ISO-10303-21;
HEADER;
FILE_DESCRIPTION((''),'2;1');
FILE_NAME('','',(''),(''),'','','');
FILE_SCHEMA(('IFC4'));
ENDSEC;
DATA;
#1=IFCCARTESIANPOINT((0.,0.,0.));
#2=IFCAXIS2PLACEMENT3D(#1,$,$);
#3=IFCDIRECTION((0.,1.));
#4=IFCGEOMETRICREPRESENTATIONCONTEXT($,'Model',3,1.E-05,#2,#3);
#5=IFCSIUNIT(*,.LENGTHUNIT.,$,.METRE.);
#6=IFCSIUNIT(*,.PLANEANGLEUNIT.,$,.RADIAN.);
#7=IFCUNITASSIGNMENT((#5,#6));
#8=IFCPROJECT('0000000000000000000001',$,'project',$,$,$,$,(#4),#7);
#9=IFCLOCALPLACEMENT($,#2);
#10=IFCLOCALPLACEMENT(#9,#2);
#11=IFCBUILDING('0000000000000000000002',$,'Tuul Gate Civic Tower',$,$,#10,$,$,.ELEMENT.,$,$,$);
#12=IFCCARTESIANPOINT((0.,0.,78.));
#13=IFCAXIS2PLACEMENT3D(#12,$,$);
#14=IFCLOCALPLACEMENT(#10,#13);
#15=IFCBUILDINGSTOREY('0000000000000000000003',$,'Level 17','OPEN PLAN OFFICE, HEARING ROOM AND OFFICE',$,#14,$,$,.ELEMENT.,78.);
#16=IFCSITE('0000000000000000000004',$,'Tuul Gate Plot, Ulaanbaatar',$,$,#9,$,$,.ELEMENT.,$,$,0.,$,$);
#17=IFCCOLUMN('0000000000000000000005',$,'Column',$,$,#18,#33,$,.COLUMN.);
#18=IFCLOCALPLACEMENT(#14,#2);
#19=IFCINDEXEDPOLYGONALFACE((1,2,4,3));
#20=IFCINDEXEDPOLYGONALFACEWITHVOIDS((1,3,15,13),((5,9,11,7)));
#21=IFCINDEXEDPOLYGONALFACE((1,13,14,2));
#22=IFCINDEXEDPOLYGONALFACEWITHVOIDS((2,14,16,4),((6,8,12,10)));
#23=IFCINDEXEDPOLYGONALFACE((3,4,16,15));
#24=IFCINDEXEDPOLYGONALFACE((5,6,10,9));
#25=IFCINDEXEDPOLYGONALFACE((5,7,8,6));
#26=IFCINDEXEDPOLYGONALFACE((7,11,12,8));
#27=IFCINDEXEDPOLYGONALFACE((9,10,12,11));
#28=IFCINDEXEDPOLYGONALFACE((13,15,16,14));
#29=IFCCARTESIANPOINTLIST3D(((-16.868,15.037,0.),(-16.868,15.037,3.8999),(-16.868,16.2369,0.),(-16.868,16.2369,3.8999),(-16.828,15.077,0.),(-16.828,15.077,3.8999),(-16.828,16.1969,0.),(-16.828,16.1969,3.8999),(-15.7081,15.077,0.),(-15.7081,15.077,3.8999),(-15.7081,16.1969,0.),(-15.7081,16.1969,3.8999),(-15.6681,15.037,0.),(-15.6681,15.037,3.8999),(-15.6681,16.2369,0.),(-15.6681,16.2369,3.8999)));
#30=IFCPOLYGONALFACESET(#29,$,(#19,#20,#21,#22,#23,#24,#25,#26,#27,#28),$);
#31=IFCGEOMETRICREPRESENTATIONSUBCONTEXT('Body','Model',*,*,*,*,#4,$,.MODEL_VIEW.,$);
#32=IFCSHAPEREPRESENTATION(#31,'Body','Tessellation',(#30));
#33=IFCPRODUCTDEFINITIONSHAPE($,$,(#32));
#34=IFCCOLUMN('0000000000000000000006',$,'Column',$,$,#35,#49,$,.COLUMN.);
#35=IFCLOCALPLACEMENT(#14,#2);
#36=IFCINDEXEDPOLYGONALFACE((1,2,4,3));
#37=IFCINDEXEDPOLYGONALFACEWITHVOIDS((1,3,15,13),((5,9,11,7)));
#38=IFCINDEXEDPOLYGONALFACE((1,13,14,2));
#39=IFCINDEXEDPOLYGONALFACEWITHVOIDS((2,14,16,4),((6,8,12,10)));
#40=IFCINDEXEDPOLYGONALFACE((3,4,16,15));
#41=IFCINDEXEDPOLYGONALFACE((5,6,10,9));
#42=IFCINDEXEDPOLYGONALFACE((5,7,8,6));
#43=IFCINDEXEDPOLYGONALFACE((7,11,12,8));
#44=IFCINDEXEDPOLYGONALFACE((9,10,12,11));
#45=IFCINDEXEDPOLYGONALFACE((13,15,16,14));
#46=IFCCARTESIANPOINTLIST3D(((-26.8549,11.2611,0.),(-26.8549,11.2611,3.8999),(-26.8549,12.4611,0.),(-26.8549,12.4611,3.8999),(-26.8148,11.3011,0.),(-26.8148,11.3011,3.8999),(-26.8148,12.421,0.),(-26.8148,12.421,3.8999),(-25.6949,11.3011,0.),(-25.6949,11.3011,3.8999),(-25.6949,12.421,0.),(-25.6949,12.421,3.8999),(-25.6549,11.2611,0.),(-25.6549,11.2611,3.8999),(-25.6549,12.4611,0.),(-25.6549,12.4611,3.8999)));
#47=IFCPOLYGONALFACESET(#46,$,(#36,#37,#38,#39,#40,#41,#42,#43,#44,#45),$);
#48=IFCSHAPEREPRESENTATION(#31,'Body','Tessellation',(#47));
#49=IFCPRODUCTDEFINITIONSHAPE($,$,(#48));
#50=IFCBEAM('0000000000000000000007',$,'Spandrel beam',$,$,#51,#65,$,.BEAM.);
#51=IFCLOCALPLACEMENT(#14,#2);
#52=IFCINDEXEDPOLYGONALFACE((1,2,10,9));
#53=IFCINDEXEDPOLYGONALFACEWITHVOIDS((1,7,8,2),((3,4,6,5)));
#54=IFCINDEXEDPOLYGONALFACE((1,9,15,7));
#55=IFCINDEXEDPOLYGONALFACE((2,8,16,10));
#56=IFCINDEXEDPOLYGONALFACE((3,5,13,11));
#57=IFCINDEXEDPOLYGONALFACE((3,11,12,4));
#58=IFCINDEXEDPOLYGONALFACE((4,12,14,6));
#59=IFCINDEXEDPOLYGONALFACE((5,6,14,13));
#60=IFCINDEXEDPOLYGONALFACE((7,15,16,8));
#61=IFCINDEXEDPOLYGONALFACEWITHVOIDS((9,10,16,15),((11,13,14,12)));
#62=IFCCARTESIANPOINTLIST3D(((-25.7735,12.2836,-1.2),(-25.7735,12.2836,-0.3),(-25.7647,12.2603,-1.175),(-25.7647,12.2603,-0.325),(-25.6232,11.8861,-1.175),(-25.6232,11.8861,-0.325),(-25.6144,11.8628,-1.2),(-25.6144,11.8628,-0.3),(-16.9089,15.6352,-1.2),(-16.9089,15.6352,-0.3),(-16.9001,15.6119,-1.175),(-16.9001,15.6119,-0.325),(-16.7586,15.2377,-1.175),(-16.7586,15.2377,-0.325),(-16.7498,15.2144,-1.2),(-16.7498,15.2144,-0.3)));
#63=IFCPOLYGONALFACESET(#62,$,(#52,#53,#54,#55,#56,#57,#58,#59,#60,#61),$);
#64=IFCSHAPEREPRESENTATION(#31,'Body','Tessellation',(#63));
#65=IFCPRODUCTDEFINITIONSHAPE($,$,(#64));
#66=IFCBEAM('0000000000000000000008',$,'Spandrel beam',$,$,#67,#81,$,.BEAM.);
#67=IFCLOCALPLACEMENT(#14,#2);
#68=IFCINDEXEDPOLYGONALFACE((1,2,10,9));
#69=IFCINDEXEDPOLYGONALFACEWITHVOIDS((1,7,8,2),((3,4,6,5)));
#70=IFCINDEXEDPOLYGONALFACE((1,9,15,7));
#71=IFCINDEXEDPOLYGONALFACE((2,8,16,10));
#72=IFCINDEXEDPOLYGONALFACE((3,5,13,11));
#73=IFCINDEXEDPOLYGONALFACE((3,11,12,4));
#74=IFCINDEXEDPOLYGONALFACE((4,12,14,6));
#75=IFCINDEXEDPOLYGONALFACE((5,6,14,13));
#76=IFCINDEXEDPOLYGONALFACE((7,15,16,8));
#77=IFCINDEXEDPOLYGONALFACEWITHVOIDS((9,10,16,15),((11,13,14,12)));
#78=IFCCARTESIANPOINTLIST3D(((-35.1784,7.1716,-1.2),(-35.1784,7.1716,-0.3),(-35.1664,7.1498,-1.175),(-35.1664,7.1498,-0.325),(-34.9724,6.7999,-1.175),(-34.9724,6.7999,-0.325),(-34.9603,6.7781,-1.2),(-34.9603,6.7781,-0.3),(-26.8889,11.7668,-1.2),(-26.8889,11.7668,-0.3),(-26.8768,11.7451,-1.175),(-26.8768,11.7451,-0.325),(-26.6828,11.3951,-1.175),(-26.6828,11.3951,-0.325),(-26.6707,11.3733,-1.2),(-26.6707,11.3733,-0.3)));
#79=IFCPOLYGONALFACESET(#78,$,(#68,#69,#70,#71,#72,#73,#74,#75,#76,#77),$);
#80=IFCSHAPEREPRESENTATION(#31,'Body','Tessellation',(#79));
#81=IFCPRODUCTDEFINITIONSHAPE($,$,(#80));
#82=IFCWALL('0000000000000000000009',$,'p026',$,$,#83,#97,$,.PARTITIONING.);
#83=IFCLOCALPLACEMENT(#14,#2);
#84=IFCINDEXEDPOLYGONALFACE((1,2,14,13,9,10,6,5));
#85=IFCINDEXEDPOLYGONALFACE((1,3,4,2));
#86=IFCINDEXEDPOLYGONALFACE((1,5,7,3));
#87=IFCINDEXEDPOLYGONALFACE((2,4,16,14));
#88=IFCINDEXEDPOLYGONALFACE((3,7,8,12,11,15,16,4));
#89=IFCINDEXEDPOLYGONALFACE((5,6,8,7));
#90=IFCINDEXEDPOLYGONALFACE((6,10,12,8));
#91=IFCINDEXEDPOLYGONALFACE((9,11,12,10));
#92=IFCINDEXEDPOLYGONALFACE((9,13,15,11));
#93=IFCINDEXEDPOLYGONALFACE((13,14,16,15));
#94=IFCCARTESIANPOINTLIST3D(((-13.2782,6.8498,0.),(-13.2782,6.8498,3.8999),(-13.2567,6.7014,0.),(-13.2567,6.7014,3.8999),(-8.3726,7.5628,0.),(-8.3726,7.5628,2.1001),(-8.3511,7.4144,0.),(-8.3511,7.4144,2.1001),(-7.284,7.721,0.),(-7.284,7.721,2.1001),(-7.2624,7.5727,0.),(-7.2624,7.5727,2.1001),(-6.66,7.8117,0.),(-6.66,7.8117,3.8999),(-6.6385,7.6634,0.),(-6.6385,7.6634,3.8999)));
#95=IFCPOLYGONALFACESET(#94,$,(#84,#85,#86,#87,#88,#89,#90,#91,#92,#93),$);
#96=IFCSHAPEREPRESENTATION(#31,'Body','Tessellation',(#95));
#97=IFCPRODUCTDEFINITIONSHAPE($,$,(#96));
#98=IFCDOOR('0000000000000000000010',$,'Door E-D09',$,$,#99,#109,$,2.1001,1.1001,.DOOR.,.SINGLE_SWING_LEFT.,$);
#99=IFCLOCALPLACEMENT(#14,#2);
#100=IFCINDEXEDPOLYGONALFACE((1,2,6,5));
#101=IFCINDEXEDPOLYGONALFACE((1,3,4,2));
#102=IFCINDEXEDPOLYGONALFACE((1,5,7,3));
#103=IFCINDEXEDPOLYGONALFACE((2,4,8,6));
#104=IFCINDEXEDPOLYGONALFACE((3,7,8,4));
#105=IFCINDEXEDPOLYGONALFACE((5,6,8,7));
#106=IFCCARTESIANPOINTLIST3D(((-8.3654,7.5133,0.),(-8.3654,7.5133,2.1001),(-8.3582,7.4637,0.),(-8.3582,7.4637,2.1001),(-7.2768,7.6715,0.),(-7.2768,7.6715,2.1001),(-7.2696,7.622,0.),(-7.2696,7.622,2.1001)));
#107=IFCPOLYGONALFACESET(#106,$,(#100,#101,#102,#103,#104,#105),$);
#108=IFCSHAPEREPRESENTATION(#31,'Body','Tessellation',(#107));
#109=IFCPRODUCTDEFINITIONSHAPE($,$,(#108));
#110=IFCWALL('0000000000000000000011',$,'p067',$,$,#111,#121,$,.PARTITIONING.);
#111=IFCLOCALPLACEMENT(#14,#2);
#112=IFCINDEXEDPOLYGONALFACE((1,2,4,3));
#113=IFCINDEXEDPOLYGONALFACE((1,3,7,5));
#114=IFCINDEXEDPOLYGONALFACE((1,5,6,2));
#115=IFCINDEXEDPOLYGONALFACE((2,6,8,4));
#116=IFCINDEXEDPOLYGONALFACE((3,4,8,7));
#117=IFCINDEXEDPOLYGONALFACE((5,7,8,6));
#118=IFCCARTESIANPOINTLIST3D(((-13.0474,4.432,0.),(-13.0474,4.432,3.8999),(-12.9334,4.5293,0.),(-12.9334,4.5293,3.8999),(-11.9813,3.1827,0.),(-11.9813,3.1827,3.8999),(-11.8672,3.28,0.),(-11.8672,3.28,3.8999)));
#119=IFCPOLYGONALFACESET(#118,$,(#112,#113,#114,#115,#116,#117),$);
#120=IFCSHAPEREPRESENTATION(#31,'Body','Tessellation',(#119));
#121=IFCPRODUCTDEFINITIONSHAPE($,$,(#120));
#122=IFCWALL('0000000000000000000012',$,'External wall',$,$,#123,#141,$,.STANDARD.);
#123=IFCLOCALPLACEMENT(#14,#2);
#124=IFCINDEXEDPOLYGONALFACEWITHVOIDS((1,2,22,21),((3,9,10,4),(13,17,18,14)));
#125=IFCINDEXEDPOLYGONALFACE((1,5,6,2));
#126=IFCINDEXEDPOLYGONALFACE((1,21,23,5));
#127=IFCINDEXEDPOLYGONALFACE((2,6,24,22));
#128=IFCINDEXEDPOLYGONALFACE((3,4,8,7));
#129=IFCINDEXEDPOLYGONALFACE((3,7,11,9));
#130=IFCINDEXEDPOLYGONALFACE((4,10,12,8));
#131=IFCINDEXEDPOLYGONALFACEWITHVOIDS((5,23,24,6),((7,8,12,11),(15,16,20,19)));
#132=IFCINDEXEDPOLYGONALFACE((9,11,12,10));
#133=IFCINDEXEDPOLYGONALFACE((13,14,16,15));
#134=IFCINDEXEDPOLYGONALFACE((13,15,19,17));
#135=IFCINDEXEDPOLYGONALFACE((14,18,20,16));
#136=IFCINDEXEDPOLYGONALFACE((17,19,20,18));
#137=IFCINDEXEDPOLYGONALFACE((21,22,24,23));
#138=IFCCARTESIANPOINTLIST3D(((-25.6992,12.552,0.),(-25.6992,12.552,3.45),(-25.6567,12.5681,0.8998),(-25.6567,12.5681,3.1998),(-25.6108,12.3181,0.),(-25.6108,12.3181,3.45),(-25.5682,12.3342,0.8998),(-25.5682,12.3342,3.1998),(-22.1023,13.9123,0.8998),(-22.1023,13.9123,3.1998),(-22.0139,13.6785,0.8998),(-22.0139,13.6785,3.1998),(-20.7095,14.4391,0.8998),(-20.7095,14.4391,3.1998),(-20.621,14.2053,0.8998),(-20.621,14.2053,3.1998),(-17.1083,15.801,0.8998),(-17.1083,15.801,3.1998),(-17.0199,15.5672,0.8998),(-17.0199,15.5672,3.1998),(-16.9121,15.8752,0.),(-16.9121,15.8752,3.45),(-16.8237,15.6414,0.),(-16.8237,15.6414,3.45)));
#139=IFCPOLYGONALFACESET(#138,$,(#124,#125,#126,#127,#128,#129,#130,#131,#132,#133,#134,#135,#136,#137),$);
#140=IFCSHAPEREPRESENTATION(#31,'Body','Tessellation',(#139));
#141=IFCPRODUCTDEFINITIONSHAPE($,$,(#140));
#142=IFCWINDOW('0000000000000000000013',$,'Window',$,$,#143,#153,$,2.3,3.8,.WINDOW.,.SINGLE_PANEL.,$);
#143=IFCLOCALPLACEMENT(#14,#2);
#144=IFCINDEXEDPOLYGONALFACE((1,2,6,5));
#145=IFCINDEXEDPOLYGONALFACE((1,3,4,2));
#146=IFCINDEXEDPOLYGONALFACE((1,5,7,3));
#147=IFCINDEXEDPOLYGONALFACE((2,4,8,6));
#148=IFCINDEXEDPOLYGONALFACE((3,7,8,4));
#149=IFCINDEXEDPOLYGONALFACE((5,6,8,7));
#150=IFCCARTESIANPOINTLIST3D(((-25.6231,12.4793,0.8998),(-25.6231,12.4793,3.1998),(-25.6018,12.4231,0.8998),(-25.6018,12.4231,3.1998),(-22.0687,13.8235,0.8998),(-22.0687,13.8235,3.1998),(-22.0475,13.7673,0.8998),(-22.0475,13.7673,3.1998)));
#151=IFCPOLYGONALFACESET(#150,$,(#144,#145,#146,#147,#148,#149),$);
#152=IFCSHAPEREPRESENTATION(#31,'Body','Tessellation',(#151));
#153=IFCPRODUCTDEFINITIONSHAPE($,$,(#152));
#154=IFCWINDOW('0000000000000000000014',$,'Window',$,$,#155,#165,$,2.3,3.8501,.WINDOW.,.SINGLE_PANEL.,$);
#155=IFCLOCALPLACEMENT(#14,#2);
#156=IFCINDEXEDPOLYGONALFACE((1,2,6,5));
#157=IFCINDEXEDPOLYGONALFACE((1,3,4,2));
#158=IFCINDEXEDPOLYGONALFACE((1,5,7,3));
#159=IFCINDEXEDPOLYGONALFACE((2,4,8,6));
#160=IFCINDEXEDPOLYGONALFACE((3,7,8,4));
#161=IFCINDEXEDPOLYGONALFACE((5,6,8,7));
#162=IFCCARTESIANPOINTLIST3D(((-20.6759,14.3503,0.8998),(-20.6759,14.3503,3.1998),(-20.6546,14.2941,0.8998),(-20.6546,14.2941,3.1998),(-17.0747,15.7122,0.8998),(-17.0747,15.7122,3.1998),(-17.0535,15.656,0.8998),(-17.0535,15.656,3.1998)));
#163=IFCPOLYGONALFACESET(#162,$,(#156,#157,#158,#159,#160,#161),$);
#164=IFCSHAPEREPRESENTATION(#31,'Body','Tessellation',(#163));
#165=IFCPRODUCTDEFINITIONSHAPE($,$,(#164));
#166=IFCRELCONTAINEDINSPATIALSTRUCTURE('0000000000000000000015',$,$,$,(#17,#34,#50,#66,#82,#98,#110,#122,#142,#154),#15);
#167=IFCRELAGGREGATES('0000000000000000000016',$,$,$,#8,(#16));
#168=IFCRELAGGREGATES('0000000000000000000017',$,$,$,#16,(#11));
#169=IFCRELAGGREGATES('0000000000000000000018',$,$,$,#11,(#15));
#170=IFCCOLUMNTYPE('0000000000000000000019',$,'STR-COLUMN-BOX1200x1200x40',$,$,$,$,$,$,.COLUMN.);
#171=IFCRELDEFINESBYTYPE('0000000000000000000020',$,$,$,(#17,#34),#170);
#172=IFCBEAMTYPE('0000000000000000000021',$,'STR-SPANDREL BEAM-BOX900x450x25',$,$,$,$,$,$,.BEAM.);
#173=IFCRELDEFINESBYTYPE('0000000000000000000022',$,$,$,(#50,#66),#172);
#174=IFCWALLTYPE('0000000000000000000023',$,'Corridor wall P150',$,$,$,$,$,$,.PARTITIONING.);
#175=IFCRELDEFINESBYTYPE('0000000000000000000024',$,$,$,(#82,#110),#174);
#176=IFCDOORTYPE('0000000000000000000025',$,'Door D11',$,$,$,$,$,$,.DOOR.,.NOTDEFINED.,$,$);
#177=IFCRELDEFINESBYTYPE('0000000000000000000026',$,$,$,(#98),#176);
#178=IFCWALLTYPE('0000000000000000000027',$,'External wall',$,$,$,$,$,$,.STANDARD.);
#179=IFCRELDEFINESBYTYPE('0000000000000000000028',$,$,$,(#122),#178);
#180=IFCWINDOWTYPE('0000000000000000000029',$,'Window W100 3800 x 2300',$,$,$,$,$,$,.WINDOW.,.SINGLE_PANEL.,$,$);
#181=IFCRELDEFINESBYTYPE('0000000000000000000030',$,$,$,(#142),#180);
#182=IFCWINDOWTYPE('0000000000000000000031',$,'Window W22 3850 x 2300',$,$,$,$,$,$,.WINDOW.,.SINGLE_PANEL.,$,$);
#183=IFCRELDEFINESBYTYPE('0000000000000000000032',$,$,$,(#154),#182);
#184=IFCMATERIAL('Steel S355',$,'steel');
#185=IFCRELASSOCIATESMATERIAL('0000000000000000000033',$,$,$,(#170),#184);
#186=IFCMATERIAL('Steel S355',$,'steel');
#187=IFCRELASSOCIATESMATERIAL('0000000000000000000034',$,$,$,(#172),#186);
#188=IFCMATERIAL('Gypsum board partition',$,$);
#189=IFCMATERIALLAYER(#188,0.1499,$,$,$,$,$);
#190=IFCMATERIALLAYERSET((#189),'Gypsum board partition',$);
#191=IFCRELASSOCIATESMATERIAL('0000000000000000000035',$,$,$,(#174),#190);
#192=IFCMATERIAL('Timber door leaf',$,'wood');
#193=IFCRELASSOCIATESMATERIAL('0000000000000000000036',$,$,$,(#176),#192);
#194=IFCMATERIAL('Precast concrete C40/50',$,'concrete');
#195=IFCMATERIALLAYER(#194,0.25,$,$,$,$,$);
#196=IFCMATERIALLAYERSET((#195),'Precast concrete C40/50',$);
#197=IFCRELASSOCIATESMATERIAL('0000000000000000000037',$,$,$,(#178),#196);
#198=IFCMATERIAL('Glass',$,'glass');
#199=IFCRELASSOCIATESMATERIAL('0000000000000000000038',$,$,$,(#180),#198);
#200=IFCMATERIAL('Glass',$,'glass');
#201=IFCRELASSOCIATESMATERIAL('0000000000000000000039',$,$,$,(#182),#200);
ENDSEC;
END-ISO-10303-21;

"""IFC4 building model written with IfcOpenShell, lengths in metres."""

from ifc_helpers import new_model, si_unit, direction, frame, frame_2d, origin, origin_2d, place, context, subcontext, project, spatial, rectangle, hollow_rectangle, extrude, material, layer, layer_set, material_profile, profile_set, type_object, element, fill, save


model = new_model("IFC4")

# Units and contexts
model_context = context("Model", 3, precision=1e-05, world=origin(), true_north=direction((0.0, 1.0)))
body_context = subcontext(model_context, "Body", "Model", "MODEL_VIEW")
ifc_project = project(units=[si_unit("LENGTHUNIT", "METRE"), si_unit("PLANEANGLEUNIT", "RADIAN")], contexts=[model_context])

# Site, building, storey
site_placement = place(None, origin())
site = spatial("IfcSite", under=ifc_project, at=site_placement, Name="Tuul Gate Plot, Ulaanbaatar", CompositionType="ELEMENT", RefElevation=0.0)
building_placement = place(site_placement, origin())
building = spatial("IfcBuilding", under=site, at=building_placement, Name="Tuul Gate Civic Tower", CompositionType="ELEMENT")
storey_placement = place(building_placement, frame((0.0, 0.0, 78.0)))
storey = spatial("IfcBuildingStorey", under=building, at=storey_placement, Name="Level 17", Description="OPEN PLAN OFFICE, HEARING ROOM AND OFFICE", CompositionType="ELEMENT", Elevation=78.0)

# Columns
ifc_material_1 = material(Name="Steel S355", Category="steel")
ifc_material_profile_1 = material_profile(ifc_material_1, hollow_rectangle(XDim=1.2, YDim=1.2, WallThickness=0.04, at=origin_2d()), Name="BOX1200x1200x40")
ifc_profile_set_1 = profile_set([ifc_material_profile_1], Name="Steel S355")
column_type = type_object("IfcColumnType", Name="STR-COLUMN-BOX1200x1200x40", PredefinedType="COLUMN", material=ifc_profile_set_1)
for number, where, z_axis, x_axis, name in (
    (1, (-16.2681, 15.637, 0.0), (0.0, 0.0, 1.0), (1.0, 0.0, 0.0), "Column"),
    (2, (-26.2549, 11.8611, 0.0), (0.0, 0.0, 1.0), (1.0, 0.0, 0.0), "Column"),
):
    element("IfcColumn", number, at=place(storey_placement, frame(where, z_axis=z_axis, x_axis=x_axis)), inside=storey, type_object=column_type, Name=name, PredefinedType="COLUMN", context=body_context, shape_type="SweptSolid", body=[
        extrude(hollow_rectangle(XDim=1.2, YDim=1.2, WallThickness=0.04, at=origin_2d()), origin(), (0.0, 0.0, 1.0), 3.8999),
    ])

# Beams
ifc_material_2 = material(Name="Steel S355", Category="steel")
ifc_material_profile_2 = material_profile(ifc_material_2, hollow_rectangle(XDim=0.45, YDim=0.8999, WallThickness=0.0249, at=origin_2d()), Name="BOX900x450x25")
ifc_profile_set_2 = profile_set([ifc_material_profile_2], Name="Steel S355")
beam_type = type_object("IfcBeamType", Name="STR-SPANDREL BEAM-BOX900x450x25", PredefinedType="BEAM", material=ifc_profile_set_2)
beam_1_placement = place(storey_placement, frame((-16.8293, 15.4248, -0.75), z_axis=(-0.935376, -0.353655, 0.0), x_axis=(0.353655, -0.935376, 0.0)))
element("IfcBeam", 3, at=beam_1_placement, inside=storey, type_object=beam_type, Name="Spandrel beam", PredefinedType="BEAM", context=body_context, shape_type="SweptSolid", body=[
    extrude(hollow_rectangle(XDim=0.45, YDim=0.8999, WallThickness=0.0249, at=origin_2d()), origin(), (0.0, 0.0, 1.0), 9.4771),
])
beam_2_placement = place(storey_placement, frame((-26.7798, 11.5701, -0.75), z_axis=(-0.874609, -0.484829, 0.0), x_axis=(0.484829, -0.874609, 0.0)))
element("IfcBeam", 4, at=beam_2_placement, inside=storey, type_object=beam_type, Name="Spandrel beam", PredefinedType="BEAM", context=body_context, shape_type="SweptSolid", body=[
    extrude(hollow_rectangle(XDim=0.45, YDim=0.8999, WallThickness=0.0249, at=origin_2d()), origin(), (0.0, 0.0, 1.0), 9.478),
])

# Wall, opening, door
ifc_material_3 = material(Name="Gypsum board partition")
ifc_layer_1 = layer(ifc_material_3, 0.1499)
ifc_layer_set_1 = layer_set([ifc_layer_1], Name="Gypsum board partition")
wall_type_1 = type_object("IfcWallType", Name="Corridor wall P150", PredefinedType="PARTITIONING", material=ifc_layer_set_1)
wall_1_placement = place(storey_placement, frame((-13.2673, 6.7756, 0.0), z_axis=(0.0, 0.0, 1.0), x_axis=(0.989602, 0.143833, 0.0)))
wall_1 = element("IfcWall", 5, at=wall_1_placement, inside=storey, type_object=wall_type_1, Name="p026", PredefinedType="PARTITIONING", context=body_context, shape_type="SweptSolid", body=[
    extrude(rectangle(XDim=6.6877, YDim=0.1499, at=frame_2d((3.3438, 0.0))), origin(), (0.0, 0.0, 1.0), 3.8999),
])
opening_1_placement = place(wall_1_placement, frame((4.957, 0.0, 0.0)))
opening_1 = element("IfcOpeningElement", 6, at=opening_1_placement, cuts=wall_1, PredefinedType="OPENING", context=body_context, shape_type="SweptSolid", body=[
    extrude(rectangle(XDim=1.1001, YDim=2.1001, at=frame_2d((0.55, 1.05))), frame((0.0, 0.085, 0.0), z_axis=(0.0, -1.0, 0.0), x_axis=(1.0, 0.0, 0.0)), (0.0, 0.0, 1.0), 0.1699),
])
ifc_material_4 = material(Name="Timber door leaf", Category="wood")
door_type = type_object("IfcDoorType", Name="Door D11", OperationType="NOTDEFINED", PredefinedType="DOOR", material=ifc_material_4)
door_placement = place(opening_1_placement, origin())
door = element("IfcDoor", 7, at=door_placement, inside=storey, type_object=door_type, Name="Door E-D09", OperationType="SINGLE_SWING_LEFT", OverallHeight=2.1001, OverallWidth=1.1001, PredefinedType="DOOR", context=body_context, shape_type="SweptSolid", body=[
    extrude(rectangle(XDim=1.1001, YDim=2.1001, at=frame_2d((0.55, 1.05))), frame((0.0, 0.0249, 0.0), z_axis=(0.0, -1.0, 0.0), x_axis=(1.0, 0.0, 0.0)), (0.0, 0.0, 1.0), 0.05),
])
fill(opening_1, door)

# Wall
wall_2_placement = place(storey_placement, frame((-12.9905, 4.4807, 0.0), z_axis=(0.0, 0.0, 1.0), x_axis=(0.649162, -0.76065, 0.0)))
element("IfcWall", 8, at=wall_2_placement, inside=storey, type_object=wall_type_1, Name="p067", PredefinedType="PARTITIONING", context=body_context, shape_type="SweptSolid", body=[
    extrude(rectangle(XDim=1.6423, YDim=0.1499, at=frame_2d((0.8213, 0.0))), origin(), (0.0, 0.0, 1.0), 3.8999),
])

# Wall, openings, windows
ifc_material_5 = material(Name="Precast concrete C40/50", Category="concrete")
ifc_layer_2 = layer(ifc_material_5, 0.25)
ifc_layer_set_2 = layer_set([ifc_layer_2], Name="Precast concrete C40/50")
wall_type_2 = type_object("IfcWallType", Name="External wall", PredefinedType="STANDARD", material=ifc_layer_set_2)
wall_3_placement = place(storey_placement, frame((-16.8679, 15.7583, 0.0), z_axis=(0.0, 0.0, 1.0), x_axis=(-0.935343, -0.353742, 0.0)))
wall_3 = element("IfcWall", 9, at=wall_3_placement, inside=storey, type_object=wall_type_2, Name="External wall", PredefinedType="STANDARD", context=body_context, shape_type="SweptSolid", body=[
    extrude(rectangle(XDim=9.3945, YDim=0.25, at=frame_2d((4.6973, 0.0))), origin(), (0.0, 0.0, 1.0), 3.45),
])
opening_2_placement = place(wall_3_placement, frame((0.2097, 0.0, 0.8999)))
opening_2 = element("IfcOpeningElement", 10, at=opening_2_placement, cuts=wall_3, PredefinedType="OPENING", context=body_context, shape_type="SweptSolid", body=[
    extrude(rectangle(XDim=3.8501, YDim=2.3, at=frame_2d((1.925, 1.1499))), frame((0.0, 0.135, 0.0), z_axis=(0.0, -1.0, 0.0), x_axis=(1.0, 0.0, 0.0)), (0.0, 0.0, 1.0), 0.27),
])
opening_3_placement = place(wall_3_placement, frame((5.5491, 0.0, 0.8999)))
opening_3 = element("IfcOpeningElement", 11, at=opening_3_placement, cuts=wall_3, PredefinedType="OPENING", context=body_context, shape_type="SweptSolid", body=[
    extrude(rectangle(XDim=3.8, YDim=2.3, at=frame_2d((1.8999, 1.1499))), frame((0.0, 0.135, 0.0), z_axis=(0.0, -1.0, 0.0), x_axis=(1.0, 0.0, 0.0)), (0.0, 0.0, 1.0), 0.27),
])
ifc_material_6 = material(Name="Glass", Category="glass")
window_type_1 = type_object("IfcWindowType", Name="Window W100 3800 x 2300", PartitioningType="SINGLE_PANEL", PredefinedType="WINDOW", material=ifc_material_6)
window_1_placement = place(opening_3_placement, origin())
window_1 = element("IfcWindow", 12, at=window_1_placement, inside=storey, type_object=window_type_1, Name="Window", OverallHeight=2.3, OverallWidth=3.8, PartitioningType="SINGLE_PANEL", PredefinedType="WINDOW", context=body_context, shape_type="SweptSolid", body=[
    extrude(rectangle(XDim=3.8, YDim=2.3, at=frame_2d((1.8999, 1.1499))), frame((0.0, 0.03, 0.0), z_axis=(0.0, -1.0, 0.0), x_axis=(1.0, 0.0, 0.0)), (0.0, 0.0, 1.0), 0.0601),
])
fill(opening_3, window_1)
ifc_material_7 = material(Name="Glass", Category="glass")
window_type_2 = type_object("IfcWindowType", Name="Window W22 3850 x 2300", PartitioningType="SINGLE_PANEL", PredefinedType="WINDOW", material=ifc_material_7)
window_2_placement = place(opening_2_placement, origin())
window_2 = element("IfcWindow", 13, at=window_2_placement, inside=storey, type_object=window_type_2, Name="Window", OverallHeight=2.3, OverallWidth=3.8501, PartitioningType="SINGLE_PANEL", PredefinedType="WINDOW", context=body_context, shape_type="SweptSolid", body=[
    extrude(rectangle(XDim=3.8501, YDim=2.3, at=frame_2d((1.925, 1.1499))), frame((0.0, 0.03, 0.0), z_axis=(0.0, -1.0, 0.0), x_axis=(1.0, 0.0, 0.0)), (0.0, 0.0, 1.0), 0.0601),
])
fill(opening_2, window_2)

save(model, "model.ifc")
